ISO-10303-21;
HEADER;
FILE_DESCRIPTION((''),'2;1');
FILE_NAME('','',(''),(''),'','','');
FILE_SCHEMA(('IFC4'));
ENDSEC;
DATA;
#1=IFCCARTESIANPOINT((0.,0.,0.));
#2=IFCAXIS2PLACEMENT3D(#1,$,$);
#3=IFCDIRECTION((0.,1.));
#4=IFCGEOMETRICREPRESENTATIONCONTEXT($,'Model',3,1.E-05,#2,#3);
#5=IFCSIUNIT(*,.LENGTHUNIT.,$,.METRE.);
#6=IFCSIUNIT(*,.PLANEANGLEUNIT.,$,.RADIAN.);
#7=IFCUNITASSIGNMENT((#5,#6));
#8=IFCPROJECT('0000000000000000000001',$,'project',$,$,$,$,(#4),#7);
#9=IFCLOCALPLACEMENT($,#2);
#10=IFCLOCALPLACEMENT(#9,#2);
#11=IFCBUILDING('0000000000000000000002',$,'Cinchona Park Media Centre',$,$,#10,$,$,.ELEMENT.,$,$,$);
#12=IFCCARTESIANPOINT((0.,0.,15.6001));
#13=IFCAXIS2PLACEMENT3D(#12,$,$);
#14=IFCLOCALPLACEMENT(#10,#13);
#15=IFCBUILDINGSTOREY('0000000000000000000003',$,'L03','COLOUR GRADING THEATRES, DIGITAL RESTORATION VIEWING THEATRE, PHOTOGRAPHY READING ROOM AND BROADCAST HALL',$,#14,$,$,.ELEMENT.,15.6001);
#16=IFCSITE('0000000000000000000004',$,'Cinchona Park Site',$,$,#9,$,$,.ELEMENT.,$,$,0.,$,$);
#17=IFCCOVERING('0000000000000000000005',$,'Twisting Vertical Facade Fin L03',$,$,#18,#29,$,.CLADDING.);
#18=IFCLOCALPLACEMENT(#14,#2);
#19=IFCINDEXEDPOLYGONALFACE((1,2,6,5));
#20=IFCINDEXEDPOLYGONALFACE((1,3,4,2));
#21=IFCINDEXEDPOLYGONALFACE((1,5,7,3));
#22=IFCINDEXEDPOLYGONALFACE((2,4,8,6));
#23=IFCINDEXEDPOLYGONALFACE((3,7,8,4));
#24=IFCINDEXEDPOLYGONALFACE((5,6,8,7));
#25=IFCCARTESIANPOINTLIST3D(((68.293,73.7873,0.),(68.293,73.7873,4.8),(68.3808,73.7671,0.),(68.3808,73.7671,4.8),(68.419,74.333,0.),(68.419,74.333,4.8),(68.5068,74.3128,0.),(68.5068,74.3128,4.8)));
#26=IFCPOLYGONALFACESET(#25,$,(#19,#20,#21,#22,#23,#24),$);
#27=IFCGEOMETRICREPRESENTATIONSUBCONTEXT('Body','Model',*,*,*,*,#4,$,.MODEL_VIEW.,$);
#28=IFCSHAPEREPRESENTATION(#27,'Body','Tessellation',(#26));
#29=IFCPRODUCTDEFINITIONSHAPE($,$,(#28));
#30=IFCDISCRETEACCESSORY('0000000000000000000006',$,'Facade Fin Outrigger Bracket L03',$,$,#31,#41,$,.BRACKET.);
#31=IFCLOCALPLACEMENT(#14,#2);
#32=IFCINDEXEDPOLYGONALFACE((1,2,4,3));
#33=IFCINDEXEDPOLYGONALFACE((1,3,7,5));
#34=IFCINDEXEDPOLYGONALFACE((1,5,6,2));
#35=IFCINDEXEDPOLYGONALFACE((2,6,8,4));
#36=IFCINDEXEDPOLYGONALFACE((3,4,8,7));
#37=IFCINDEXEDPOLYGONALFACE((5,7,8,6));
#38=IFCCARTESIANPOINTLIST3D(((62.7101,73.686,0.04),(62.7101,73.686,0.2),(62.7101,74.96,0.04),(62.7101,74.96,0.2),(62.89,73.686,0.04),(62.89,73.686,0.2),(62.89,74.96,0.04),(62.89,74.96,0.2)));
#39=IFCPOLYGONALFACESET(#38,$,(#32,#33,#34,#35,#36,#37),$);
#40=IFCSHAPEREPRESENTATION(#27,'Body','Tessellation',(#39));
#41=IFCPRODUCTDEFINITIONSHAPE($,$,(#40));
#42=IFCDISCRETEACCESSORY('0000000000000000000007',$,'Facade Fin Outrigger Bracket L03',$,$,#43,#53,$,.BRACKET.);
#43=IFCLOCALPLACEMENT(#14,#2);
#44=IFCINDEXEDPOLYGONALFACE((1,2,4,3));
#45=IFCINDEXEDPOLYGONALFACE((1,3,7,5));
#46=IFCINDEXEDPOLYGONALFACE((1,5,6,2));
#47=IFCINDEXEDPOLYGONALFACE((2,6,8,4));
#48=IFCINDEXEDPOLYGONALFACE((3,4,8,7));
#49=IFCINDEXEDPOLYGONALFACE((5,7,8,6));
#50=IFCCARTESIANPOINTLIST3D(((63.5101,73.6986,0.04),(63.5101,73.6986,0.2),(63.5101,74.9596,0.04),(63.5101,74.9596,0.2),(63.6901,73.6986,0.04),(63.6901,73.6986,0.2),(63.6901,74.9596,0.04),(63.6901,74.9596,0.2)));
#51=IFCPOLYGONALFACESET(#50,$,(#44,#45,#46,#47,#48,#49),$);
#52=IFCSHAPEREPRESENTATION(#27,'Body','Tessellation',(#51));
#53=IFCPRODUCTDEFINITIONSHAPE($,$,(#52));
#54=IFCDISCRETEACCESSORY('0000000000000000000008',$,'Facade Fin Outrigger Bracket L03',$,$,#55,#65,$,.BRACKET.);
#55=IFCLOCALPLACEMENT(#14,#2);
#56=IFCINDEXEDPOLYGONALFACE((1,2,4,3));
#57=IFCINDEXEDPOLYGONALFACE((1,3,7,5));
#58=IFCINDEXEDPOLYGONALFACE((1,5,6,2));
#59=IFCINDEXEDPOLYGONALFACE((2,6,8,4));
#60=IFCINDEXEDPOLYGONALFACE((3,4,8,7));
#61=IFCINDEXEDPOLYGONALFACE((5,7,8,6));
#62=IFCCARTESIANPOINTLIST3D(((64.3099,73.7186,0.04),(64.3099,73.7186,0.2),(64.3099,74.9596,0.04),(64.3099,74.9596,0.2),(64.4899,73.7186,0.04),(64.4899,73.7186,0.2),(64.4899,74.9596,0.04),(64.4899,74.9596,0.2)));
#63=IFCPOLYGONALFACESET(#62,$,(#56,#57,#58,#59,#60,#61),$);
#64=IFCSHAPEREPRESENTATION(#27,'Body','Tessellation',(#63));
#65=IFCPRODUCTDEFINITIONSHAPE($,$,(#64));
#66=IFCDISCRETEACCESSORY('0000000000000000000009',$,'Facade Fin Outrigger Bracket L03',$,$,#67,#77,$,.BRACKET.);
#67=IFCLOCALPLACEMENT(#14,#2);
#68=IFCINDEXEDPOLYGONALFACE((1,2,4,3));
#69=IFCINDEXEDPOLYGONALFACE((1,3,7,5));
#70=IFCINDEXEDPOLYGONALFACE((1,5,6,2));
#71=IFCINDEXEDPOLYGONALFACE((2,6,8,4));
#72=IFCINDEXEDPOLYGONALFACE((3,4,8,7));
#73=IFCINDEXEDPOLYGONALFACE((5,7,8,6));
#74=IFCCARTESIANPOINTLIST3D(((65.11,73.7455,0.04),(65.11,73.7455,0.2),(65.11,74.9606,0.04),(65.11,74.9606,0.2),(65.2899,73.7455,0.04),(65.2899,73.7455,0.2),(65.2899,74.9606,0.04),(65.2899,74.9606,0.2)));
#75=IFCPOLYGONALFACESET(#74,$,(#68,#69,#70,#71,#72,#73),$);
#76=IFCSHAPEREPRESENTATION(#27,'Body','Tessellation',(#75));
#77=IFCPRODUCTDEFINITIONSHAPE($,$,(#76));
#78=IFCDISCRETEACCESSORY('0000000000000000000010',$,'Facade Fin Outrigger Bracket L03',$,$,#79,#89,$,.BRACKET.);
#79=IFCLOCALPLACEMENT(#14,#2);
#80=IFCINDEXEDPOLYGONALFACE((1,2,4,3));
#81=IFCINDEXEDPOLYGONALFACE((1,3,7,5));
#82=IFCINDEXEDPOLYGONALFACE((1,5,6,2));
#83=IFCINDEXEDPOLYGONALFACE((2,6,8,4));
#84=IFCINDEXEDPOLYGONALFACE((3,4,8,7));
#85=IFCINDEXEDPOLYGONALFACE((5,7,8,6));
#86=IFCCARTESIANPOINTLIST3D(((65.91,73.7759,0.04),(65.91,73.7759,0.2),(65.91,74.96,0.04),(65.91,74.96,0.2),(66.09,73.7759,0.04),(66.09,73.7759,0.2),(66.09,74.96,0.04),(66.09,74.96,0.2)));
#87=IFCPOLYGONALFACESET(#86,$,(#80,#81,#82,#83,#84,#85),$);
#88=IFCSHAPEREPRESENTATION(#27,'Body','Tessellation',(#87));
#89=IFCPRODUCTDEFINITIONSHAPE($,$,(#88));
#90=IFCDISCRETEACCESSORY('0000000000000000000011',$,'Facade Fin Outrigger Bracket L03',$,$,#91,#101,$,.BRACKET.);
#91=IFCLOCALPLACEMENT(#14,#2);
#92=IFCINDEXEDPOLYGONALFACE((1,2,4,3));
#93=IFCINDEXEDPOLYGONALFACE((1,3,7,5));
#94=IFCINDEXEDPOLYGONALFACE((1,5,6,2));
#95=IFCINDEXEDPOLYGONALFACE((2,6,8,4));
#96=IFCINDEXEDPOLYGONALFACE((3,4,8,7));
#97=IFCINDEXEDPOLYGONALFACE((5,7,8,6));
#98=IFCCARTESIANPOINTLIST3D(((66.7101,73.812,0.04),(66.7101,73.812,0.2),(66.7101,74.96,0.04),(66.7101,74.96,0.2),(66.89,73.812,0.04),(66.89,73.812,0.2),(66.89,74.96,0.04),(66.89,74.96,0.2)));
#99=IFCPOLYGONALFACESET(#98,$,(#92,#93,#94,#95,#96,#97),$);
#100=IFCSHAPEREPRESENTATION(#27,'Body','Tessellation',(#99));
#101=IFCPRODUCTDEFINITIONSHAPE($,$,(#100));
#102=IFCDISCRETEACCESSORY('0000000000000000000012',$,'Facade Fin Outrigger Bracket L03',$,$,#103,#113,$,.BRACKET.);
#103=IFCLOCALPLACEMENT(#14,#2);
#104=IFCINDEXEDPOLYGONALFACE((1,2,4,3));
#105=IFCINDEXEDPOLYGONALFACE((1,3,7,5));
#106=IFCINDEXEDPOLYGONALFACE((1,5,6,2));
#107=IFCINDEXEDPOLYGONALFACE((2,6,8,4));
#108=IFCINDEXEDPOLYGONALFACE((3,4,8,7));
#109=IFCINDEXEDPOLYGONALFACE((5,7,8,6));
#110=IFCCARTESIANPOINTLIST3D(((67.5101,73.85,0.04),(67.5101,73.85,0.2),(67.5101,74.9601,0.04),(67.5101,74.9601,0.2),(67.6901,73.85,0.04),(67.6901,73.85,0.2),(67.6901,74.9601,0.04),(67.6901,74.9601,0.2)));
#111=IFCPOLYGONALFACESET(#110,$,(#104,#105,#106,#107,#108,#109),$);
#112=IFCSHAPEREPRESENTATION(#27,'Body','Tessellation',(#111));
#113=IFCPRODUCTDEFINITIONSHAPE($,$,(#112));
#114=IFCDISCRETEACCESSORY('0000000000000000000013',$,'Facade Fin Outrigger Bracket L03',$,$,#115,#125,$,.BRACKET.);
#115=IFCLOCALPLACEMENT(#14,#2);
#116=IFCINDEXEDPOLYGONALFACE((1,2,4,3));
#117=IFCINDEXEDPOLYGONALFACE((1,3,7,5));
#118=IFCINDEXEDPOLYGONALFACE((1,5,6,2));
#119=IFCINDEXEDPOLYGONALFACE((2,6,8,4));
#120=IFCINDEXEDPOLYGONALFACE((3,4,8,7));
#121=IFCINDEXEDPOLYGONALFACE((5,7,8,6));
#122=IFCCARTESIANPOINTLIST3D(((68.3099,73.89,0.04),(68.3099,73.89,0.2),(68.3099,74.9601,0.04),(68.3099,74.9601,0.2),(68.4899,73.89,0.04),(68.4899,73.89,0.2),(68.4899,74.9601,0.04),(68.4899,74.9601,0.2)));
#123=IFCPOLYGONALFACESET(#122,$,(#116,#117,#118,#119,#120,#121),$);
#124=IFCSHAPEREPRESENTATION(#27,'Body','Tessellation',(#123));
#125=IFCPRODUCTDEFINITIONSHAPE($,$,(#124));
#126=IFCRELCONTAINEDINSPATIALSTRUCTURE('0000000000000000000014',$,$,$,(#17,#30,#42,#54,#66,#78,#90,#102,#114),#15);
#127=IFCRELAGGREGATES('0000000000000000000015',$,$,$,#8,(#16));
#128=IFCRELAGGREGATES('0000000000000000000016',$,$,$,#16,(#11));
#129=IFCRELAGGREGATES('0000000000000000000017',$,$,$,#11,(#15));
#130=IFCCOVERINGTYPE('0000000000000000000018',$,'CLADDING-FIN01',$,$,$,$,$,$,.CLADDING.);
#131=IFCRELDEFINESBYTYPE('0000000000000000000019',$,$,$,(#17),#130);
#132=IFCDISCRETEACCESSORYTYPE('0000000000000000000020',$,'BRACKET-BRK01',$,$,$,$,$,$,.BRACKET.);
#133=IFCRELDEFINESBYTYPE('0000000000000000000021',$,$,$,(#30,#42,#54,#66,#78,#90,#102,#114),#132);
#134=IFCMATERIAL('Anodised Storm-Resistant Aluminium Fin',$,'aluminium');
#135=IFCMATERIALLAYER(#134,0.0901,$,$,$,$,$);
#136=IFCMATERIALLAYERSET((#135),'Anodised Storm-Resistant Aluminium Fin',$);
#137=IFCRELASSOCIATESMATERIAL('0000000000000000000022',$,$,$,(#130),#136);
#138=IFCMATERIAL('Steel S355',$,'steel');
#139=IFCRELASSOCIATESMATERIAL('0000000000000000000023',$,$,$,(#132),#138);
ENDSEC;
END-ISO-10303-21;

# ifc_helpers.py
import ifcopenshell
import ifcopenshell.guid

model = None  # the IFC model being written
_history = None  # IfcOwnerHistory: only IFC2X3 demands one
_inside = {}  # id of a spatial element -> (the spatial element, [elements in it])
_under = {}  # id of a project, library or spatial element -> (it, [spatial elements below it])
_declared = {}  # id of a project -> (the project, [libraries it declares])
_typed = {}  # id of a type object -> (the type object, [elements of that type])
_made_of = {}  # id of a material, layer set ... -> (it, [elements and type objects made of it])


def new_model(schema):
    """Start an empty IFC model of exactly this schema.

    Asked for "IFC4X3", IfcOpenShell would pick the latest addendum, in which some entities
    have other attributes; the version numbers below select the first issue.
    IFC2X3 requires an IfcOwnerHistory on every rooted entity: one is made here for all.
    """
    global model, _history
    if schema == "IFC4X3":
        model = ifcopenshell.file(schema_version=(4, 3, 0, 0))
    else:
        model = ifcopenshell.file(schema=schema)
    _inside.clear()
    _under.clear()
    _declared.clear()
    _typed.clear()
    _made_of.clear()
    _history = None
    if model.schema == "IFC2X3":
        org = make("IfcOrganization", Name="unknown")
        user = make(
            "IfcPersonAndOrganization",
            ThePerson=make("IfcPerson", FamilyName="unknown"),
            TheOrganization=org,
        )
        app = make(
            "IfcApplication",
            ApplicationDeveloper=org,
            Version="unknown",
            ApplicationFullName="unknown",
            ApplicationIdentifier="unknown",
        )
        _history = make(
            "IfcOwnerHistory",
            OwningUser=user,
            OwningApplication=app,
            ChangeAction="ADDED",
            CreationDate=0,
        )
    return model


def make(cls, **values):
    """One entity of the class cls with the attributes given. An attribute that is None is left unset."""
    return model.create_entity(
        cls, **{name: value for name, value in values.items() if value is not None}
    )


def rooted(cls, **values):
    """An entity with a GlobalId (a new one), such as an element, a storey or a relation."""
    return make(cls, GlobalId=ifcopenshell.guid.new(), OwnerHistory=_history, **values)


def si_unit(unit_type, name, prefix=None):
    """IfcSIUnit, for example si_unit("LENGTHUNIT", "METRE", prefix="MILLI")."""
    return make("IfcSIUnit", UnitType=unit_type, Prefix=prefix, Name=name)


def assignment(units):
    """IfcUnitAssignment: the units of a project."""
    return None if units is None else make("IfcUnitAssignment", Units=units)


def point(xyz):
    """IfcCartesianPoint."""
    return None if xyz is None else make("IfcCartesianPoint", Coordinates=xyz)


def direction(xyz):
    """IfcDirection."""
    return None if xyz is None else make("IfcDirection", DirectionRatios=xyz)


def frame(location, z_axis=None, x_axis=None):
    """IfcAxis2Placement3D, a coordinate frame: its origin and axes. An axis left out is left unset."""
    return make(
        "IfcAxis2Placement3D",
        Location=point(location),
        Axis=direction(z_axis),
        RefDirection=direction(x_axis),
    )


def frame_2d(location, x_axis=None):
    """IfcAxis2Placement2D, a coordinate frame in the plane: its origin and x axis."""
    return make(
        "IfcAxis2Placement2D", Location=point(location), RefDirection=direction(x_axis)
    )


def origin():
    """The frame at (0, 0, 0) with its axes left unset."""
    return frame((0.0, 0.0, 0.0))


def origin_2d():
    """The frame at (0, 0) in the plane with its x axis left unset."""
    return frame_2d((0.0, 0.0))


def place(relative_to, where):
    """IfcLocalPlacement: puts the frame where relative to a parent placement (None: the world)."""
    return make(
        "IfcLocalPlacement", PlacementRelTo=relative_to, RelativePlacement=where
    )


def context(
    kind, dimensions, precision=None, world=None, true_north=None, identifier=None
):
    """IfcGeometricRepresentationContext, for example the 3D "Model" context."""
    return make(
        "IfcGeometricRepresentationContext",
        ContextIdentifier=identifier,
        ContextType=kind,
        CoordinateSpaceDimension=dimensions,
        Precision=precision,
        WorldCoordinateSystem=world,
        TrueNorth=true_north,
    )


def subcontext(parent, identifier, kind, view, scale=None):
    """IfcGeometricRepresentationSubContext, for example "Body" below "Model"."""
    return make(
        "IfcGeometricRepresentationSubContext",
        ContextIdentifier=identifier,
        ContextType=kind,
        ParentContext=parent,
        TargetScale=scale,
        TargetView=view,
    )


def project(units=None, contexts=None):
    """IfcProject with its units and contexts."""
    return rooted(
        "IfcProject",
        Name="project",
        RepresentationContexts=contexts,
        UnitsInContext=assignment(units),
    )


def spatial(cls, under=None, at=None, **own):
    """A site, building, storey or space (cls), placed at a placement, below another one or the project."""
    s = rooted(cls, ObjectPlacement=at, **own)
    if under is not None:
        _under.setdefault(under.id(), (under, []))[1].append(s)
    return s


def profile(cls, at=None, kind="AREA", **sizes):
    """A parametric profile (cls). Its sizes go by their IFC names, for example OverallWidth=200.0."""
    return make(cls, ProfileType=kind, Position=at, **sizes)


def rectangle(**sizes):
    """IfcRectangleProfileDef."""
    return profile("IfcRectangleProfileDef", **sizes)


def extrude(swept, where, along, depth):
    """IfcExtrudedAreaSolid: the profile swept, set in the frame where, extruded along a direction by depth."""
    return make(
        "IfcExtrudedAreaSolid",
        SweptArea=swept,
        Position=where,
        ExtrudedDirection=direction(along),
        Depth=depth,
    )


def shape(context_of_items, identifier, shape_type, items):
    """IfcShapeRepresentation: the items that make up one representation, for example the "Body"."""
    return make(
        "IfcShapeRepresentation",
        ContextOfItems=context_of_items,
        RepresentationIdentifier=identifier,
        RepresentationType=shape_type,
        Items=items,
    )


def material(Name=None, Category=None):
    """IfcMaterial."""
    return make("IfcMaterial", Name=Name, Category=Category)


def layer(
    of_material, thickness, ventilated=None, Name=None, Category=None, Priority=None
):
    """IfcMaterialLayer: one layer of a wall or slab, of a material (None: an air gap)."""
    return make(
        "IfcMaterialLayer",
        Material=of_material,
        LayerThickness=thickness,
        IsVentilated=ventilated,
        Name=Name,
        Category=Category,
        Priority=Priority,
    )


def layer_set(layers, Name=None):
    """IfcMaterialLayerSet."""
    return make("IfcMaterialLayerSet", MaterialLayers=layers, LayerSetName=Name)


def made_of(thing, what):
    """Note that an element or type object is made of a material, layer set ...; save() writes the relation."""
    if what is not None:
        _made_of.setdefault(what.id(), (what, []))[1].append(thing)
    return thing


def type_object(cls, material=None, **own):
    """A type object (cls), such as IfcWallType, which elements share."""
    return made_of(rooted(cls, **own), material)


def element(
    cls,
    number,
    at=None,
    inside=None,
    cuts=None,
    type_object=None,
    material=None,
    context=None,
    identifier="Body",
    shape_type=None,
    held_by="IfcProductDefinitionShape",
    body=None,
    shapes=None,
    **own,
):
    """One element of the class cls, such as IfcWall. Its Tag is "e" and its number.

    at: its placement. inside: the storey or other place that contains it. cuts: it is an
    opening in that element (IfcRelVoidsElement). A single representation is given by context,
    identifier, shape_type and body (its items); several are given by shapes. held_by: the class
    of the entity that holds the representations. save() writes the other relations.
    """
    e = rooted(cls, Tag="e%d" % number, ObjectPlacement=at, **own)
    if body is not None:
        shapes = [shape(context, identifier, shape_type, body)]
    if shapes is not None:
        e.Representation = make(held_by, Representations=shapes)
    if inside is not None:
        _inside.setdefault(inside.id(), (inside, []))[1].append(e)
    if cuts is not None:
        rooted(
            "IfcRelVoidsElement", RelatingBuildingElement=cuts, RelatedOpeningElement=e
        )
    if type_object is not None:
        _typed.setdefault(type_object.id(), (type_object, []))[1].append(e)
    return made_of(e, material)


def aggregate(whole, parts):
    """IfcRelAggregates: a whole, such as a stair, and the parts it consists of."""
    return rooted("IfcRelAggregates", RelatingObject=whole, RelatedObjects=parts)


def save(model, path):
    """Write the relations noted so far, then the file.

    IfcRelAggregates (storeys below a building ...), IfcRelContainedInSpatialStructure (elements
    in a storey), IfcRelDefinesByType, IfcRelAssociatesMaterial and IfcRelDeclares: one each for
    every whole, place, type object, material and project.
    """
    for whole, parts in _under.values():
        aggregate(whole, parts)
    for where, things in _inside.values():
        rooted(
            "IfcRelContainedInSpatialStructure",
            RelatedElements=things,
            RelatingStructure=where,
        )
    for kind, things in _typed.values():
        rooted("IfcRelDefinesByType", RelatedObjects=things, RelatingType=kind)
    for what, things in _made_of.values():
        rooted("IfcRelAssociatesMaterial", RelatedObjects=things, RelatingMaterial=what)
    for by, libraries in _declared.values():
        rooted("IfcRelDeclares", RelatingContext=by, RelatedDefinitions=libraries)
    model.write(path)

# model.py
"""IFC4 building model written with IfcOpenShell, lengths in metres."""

from ifc_helpers import new_model, si_unit, direction, frame, origin, origin_2d, place, context, subcontext, project, spatial, rectangle, extrude, material, layer, layer_set, type_object, element, save


model = new_model("IFC4")

# Units and contexts
model_context = context("Model", 3, precision=1e-05, world=origin(), true_north=direction((0.0, 1.0)))
body_context = subcontext(model_context, "Body", "Model", "MODEL_VIEW")
ifc_project = project(units=[si_unit("LENGTHUNIT", "METRE"), si_unit("PLANEANGLEUNIT", "RADIAN")], contexts=[model_context])

# Site, building, storey
site_placement = place(None, origin())
site = spatial("IfcSite", under=ifc_project, at=site_placement, Name="Cinchona Park Site", CompositionType="ELEMENT", RefElevation=0.0)
building_placement = place(site_placement, origin())
building = spatial("IfcBuilding", under=site, at=building_placement, Name="Cinchona Park Media Centre", CompositionType="ELEMENT")
storey_placement = place(building_placement, frame((0.0, 0.0, 15.6001)))
storey = spatial("IfcBuildingStorey", under=building, at=storey_placement, Name="L03", Description="COLOUR GRADING THEATRES, DIGITAL RESTORATION VIEWING THEATRE, PHOTOGRAPHY READING ROOM AND BROADCAST HALL", CompositionType="ELEMENT", Elevation=15.6001)

# Covering
ifc_material_1 = material(Name="Anodised Storm-Resistant Aluminium Fin", Category="aluminium")
ifc_layer_1 = layer(ifc_material_1, 0.0901)
ifc_layer_set_1 = layer_set([ifc_layer_1], Name="Anodised Storm-Resistant Aluminium Fin")
covering_type = type_object("IfcCoveringType", Name="CLADDING-FIN01", PredefinedType="CLADDING", material=ifc_layer_set_1)
for number, where, z_axis, x_axis, name in (
    (1, (68.3999, 74.05, 0.0), (0.0, 0.0, 1.0), (0.224951, 0.97437, 0.0), "Twisting Vertical Facade Fin L03"),
):
    element("IfcCovering", number, at=place(storey_placement, frame(where, z_axis=z_axis, x_axis=x_axis)), inside=storey, type_object=covering_type, Name=name, PredefinedType="CLADDING", context=body_context, shape_type="SweptSolid", body=[
        extrude(rectangle(XDim=0.5601, YDim=0.0901, at=origin_2d()), origin(), (0.0, 0.0, 1.0), 4.8),
    ])

# Discrete accessories
ifc_material_2 = material(Name="Steel S355", Category="steel")
discrete_accessory_type = type_object("IfcDiscreteAccessoryType", Name="BRACKET-BRK01", PredefinedType="BRACKET", material=ifc_material_2)
discrete_accessory_1_placement = place(storey_placement, frame((62.8, 74.323, 0.04), z_axis=(0.0, 0.0, 1.0), x_axis=(1.0, 0.0, 0.0)))
element("IfcDiscreteAccessory", 2, at=discrete_accessory_1_placement, inside=storey, type_object=discrete_accessory_type, Name="Facade Fin Outrigger Bracket L03", PredefinedType="BRACKET", context=body_context, shape_type="SweptSolid", body=[
    extrude(rectangle(XDim=0.1799, YDim=1.2739, at=origin_2d()), origin(), (0.0, 0.0, 1.0), 0.1599),
])
discrete_accessory_2_placement = place(storey_placement, frame((63.6001, 74.3291, 0.04), z_axis=(0.0, 0.0, 1.0), x_axis=(1.0, 0.0, 0.0)))
element("IfcDiscreteAccessory", 3, at=discrete_accessory_2_placement, inside=storey, type_object=discrete_accessory_type, Name="Facade Fin Outrigger Bracket L03", PredefinedType="BRACKET", context=body_context, shape_type="SweptSolid", body=[
    extrude(rectangle(XDim=0.1799, YDim=1.261, at=origin_2d()), origin(), (0.0, 0.0, 1.0), 0.1599),
])
discrete_accessory_3_placement = place(storey_placement, frame((64.3999, 74.3391, 0.04), z_axis=(0.0, 0.0, 1.0), x_axis=(1.0, 0.0, 0.0)))
element("IfcDiscreteAccessory", 4, at=discrete_accessory_3_placement, inside=storey, type_object=discrete_accessory_type, Name="Facade Fin Outrigger Bracket L03", PredefinedType="BRACKET", context=body_context, shape_type="SweptSolid", body=[
    extrude(rectangle(XDim=0.1799, YDim=1.241, at=origin_2d()), origin(), (0.0, 0.0, 1.0), 0.1599),
])
discrete_accessory_4_placement = place(storey_placement, frame((65.2, 74.353, 0.04), z_axis=(0.0, 0.0, 1.0), x_axis=(1.0, 0.0, 0.0)))
element("IfcDiscreteAccessory", 5, at=discrete_accessory_4_placement, inside=storey, type_object=discrete_accessory_type, Name="Facade Fin Outrigger Bracket L03", PredefinedType="BRACKET", context=body_context, shape_type="SweptSolid", body=[
    extrude(rectangle(XDim=0.1799, YDim=1.2151, at=origin_2d()), origin(), (0.0, 0.0, 1.0), 0.1599),
])
discrete_accessory_5_placement = place(storey_placement, frame((66.0, 74.3679, 0.04), z_axis=(0.0, 0.0, 1.0), x_axis=(1.0, 0.0, 0.0)))
element("IfcDiscreteAccessory", 6, at=discrete_accessory_5_placement, inside=storey, type_object=discrete_accessory_type, Name="Facade Fin Outrigger Bracket L03", PredefinedType="BRACKET", context=body_context, shape_type="SweptSolid", body=[
    extrude(rectangle(XDim=0.1799, YDim=1.1841, at=origin_2d()), origin(), (0.0, 0.0, 1.0), 0.1599),
])
discrete_accessory_6_placement = place(storey_placement, frame((66.8, 74.386, 0.04), z_axis=(0.0, 0.0, 1.0), x_axis=(1.0, 0.0, 0.0)))
element("IfcDiscreteAccessory", 7, at=discrete_accessory_6_placement, inside=storey, type_object=discrete_accessory_type, Name="Facade Fin Outrigger Bracket L03", PredefinedType="BRACKET", context=body_context, shape_type="SweptSolid", body=[
    extrude(rectangle(XDim=0.1799, YDim=1.1479, at=origin_2d()), origin(), (0.0, 0.0, 1.0), 0.1599),
])
discrete_accessory_7_placement = place(storey_placement, frame((67.6001, 74.405, 0.04), z_axis=(0.0, 0.0, 1.0), x_axis=(1.0, 0.0, 0.0)))
element("IfcDiscreteAccessory", 8, at=discrete_accessory_7_placement, inside=storey, type_object=discrete_accessory_type, Name="Facade Fin Outrigger Bracket L03", PredefinedType="BRACKET", context=body_context, shape_type="SweptSolid", body=[
    extrude(rectangle(XDim=0.1799, YDim=1.1101, at=origin_2d()), origin(), (0.0, 0.0, 1.0), 0.1599),
])
discrete_accessory_8_placement = place(storey_placement, frame((68.3999, 74.425, 0.04), z_axis=(0.0, 0.0, 1.0), x_axis=(1.0, 0.0, 0.0)))
element("IfcDiscreteAccessory", 9, at=discrete_accessory_8_placement, inside=storey, type_object=discrete_accessory_type, Name="Facade Fin Outrigger Bracket L03", PredefinedType="BRACKET", context=body_context, shape_type="SweptSolid", body=[
    extrude(rectangle(XDim=0.1799, YDim=1.0701, at=origin_2d()), origin(), (0.0, 0.0, 1.0), 0.1599),
])

save(model, "model.ifc")
